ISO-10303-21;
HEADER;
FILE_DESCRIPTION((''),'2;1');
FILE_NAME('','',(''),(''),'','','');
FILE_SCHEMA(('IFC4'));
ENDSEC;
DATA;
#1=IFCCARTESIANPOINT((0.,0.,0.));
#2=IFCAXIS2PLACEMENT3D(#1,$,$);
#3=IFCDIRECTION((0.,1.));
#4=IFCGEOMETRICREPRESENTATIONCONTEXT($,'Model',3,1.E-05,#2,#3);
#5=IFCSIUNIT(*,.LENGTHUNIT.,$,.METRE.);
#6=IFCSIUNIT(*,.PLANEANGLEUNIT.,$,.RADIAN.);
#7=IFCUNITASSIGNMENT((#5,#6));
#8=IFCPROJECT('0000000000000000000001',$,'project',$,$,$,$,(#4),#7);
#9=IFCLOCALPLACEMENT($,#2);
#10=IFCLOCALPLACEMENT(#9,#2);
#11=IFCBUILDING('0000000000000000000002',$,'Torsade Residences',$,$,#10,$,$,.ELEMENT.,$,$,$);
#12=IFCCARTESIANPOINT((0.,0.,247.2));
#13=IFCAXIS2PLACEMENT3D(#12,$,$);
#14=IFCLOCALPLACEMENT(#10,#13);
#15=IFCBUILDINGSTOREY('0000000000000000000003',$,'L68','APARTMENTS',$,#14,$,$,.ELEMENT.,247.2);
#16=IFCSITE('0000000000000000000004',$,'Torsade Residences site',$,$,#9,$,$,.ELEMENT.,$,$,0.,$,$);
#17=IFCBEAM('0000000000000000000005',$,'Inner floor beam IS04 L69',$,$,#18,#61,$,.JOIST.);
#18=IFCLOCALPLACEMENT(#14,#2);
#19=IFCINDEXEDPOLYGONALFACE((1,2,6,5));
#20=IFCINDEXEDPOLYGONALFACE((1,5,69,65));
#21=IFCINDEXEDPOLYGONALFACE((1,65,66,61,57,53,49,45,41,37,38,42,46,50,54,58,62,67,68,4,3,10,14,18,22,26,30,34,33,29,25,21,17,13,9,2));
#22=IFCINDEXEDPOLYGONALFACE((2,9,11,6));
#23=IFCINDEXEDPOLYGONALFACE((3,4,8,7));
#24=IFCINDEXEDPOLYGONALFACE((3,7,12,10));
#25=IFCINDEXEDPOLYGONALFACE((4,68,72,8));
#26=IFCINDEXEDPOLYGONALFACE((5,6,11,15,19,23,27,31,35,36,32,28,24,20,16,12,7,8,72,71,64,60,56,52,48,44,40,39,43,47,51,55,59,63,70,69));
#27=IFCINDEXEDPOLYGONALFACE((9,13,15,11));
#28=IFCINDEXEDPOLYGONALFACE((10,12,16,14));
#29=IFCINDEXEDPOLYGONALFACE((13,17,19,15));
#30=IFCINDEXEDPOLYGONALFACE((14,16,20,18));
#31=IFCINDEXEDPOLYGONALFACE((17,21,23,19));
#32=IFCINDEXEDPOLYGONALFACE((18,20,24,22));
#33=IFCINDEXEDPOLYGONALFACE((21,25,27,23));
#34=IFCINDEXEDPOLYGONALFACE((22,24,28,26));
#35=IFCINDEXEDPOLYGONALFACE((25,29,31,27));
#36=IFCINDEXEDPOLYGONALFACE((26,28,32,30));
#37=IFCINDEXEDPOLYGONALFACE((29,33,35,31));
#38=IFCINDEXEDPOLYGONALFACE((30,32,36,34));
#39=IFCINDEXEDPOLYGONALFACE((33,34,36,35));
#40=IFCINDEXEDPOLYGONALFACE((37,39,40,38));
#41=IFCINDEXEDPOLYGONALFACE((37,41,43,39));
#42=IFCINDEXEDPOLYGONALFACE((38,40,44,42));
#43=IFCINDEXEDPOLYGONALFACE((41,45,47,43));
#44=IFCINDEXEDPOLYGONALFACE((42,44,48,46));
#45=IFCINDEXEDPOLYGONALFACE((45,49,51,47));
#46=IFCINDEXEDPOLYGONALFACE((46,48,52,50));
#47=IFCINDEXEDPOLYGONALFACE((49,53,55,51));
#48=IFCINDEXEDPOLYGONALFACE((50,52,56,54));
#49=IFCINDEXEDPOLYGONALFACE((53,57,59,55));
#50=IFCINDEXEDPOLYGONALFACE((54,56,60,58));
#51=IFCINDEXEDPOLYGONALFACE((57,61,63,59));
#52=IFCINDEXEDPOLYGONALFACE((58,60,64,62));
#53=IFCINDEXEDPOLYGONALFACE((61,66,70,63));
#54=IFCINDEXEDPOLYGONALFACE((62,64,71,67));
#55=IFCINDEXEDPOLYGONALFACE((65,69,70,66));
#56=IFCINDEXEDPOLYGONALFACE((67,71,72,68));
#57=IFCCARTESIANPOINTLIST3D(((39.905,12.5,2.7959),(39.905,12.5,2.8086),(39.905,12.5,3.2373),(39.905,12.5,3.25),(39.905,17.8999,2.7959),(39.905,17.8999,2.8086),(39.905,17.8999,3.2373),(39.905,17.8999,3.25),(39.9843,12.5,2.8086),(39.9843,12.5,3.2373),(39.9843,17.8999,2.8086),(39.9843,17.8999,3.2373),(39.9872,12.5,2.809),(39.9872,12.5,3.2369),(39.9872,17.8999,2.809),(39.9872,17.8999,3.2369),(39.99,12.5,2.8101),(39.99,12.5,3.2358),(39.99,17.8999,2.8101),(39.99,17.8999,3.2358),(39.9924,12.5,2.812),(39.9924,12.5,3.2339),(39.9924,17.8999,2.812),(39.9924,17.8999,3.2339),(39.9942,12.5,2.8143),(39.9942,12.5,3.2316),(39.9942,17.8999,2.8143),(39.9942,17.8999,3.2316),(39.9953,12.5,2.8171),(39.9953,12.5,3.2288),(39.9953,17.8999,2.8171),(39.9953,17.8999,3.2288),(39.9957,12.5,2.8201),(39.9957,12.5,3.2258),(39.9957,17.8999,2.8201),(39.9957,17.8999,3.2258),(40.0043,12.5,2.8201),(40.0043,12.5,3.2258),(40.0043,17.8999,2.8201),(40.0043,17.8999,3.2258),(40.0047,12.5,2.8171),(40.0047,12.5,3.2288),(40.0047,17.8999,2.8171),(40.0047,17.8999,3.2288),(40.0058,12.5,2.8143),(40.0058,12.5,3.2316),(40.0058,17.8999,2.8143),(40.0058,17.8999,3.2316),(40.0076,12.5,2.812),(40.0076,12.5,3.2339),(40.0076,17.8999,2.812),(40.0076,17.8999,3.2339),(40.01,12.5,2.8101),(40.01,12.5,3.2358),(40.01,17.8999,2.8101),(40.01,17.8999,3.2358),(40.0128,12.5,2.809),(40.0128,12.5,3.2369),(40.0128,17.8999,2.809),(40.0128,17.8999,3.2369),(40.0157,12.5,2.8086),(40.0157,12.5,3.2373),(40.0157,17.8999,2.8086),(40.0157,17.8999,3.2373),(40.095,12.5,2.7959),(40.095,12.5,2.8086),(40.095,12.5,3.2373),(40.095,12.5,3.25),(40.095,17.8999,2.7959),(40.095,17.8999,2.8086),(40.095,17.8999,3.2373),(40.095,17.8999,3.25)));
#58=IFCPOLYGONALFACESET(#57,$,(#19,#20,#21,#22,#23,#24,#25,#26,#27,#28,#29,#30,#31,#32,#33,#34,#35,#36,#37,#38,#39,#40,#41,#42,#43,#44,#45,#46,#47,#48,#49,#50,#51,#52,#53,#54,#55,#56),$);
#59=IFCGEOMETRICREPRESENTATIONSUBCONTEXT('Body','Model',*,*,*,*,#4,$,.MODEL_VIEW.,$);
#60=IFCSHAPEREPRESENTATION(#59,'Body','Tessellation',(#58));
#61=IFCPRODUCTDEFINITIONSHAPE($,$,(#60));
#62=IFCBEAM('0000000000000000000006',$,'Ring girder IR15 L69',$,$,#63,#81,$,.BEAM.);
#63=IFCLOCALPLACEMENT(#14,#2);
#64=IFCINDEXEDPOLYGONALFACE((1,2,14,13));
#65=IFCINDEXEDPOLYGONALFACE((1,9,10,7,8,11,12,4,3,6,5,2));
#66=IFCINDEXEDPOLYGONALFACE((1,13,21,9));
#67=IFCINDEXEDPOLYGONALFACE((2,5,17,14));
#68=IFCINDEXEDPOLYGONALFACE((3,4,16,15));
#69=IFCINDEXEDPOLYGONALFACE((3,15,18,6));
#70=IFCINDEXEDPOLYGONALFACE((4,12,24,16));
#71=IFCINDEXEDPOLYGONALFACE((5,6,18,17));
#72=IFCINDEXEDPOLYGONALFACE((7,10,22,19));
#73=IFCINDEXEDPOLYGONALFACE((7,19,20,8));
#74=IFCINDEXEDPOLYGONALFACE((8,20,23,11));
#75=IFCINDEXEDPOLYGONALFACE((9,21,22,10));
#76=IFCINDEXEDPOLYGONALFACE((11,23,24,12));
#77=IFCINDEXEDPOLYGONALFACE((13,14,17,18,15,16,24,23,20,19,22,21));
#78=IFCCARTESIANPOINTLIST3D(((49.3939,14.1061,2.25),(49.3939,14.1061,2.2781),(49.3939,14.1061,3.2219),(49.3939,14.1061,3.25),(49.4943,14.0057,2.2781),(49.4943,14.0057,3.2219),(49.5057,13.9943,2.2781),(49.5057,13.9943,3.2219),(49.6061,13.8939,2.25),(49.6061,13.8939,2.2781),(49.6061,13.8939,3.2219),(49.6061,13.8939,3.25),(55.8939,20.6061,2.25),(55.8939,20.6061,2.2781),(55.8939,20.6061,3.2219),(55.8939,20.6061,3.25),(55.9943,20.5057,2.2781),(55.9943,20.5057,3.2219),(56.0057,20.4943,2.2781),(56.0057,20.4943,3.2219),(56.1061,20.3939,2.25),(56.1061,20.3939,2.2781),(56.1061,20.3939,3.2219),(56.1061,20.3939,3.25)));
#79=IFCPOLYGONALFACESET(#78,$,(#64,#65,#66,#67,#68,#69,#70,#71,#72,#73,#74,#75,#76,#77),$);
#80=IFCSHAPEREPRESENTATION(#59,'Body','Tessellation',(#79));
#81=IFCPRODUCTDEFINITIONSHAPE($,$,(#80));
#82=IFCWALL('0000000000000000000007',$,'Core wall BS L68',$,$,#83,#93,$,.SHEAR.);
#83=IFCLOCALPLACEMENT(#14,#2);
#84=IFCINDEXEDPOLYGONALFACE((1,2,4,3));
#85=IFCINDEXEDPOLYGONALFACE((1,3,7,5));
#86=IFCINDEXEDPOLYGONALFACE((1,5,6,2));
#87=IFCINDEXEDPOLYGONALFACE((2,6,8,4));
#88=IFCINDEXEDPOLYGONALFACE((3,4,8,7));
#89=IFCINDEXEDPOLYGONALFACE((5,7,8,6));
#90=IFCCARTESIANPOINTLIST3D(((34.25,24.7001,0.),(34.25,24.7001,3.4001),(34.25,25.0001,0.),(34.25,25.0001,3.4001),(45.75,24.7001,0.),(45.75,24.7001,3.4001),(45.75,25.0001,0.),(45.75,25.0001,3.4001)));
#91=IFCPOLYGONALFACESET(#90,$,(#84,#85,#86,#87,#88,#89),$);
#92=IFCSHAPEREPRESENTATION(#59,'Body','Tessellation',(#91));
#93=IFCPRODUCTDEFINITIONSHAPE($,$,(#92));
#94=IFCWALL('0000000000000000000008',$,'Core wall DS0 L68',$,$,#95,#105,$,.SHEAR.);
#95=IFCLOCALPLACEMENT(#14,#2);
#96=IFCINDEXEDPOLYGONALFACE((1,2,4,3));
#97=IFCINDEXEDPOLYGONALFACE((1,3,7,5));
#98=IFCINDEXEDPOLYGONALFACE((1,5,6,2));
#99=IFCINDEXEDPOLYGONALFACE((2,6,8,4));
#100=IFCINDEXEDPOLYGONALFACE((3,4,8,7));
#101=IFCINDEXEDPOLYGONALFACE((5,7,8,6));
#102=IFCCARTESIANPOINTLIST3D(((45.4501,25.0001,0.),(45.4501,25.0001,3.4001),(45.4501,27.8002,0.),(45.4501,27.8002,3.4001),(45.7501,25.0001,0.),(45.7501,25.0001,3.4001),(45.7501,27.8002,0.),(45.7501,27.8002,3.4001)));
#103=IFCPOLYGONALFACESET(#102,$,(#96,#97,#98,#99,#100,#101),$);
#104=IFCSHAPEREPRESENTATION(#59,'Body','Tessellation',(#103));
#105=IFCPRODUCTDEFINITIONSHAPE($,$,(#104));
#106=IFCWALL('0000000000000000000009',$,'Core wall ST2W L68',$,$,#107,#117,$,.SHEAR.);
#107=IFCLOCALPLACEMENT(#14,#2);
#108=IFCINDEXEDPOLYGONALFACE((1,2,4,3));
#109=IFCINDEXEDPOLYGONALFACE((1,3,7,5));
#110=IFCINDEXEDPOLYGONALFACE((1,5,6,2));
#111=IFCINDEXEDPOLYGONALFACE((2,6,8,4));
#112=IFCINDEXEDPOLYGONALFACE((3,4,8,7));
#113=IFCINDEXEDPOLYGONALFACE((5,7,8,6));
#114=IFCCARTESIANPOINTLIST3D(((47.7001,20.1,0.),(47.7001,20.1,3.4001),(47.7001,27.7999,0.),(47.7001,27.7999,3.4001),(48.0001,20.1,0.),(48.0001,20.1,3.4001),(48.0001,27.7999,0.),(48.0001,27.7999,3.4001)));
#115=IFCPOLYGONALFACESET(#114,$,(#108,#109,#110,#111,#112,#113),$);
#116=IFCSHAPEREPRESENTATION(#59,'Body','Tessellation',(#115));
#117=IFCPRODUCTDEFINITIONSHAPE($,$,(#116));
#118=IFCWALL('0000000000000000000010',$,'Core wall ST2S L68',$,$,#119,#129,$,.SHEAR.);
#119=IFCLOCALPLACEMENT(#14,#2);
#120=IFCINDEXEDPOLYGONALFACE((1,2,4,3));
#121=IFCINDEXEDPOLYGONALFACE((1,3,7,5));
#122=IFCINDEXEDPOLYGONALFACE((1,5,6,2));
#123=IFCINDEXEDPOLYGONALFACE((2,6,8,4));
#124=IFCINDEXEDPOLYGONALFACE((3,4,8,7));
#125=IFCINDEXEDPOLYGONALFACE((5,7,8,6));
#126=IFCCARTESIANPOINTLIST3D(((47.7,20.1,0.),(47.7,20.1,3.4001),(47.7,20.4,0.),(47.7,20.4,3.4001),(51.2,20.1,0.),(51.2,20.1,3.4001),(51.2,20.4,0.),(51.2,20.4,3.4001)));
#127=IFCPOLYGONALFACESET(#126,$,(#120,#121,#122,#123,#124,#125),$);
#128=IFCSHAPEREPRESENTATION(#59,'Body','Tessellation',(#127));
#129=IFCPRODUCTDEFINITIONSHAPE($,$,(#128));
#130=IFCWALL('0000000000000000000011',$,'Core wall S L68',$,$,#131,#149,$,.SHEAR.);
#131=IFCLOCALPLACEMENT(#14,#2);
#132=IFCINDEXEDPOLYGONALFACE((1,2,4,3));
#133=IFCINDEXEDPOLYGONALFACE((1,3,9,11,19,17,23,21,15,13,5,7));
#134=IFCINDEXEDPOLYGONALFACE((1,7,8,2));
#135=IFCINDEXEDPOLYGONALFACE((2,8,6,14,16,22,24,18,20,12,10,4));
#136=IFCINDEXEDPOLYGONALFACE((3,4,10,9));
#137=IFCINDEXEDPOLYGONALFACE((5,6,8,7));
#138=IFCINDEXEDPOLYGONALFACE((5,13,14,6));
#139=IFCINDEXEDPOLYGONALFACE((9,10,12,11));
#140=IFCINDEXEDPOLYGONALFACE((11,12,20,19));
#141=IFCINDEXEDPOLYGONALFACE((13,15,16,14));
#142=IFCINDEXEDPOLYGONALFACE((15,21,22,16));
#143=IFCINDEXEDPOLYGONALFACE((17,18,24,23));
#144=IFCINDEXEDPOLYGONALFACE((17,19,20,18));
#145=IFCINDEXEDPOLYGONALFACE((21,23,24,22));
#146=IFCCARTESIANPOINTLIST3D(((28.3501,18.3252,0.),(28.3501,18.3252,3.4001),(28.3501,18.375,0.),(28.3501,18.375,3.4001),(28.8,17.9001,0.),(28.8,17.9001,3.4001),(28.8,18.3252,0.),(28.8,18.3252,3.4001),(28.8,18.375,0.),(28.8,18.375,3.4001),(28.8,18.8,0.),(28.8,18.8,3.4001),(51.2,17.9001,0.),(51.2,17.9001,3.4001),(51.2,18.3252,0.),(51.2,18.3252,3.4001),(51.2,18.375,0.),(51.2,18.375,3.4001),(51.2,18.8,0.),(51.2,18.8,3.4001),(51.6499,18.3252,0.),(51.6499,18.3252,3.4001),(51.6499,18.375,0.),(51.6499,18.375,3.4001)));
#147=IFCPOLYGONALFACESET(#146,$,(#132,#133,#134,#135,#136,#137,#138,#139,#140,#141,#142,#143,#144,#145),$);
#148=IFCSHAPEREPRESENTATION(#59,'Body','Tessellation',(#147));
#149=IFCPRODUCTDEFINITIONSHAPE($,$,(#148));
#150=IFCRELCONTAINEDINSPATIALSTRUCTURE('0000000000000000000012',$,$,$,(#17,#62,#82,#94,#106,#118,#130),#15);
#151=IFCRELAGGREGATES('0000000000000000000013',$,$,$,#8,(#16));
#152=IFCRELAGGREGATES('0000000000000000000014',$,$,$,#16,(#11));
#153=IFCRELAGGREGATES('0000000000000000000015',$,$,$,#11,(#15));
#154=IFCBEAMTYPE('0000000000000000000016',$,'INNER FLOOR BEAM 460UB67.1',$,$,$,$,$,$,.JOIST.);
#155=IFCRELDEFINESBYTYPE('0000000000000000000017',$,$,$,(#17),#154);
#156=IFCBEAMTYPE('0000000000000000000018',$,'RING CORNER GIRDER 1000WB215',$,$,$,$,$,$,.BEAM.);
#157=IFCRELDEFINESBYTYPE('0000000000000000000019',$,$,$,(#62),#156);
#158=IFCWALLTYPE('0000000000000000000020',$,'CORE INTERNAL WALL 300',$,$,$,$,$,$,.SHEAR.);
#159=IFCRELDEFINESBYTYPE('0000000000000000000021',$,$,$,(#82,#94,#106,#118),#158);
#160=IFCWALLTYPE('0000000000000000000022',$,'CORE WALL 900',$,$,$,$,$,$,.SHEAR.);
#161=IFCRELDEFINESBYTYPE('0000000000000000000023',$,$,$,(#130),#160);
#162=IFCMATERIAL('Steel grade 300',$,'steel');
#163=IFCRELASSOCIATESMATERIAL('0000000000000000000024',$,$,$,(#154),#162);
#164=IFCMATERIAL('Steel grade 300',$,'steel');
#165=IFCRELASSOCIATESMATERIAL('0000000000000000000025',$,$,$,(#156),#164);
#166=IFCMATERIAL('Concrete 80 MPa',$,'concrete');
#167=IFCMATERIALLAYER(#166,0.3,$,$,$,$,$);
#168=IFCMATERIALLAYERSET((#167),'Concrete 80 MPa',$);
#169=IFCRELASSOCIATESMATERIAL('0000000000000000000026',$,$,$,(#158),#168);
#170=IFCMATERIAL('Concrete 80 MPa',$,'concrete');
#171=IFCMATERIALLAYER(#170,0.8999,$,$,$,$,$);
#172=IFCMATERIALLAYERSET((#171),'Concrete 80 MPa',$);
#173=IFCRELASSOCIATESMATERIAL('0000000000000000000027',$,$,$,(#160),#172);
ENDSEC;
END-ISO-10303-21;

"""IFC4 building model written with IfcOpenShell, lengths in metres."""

from ifc_helpers import new_model, si_unit, direction, frame, frame_2d, origin, origin_2d, place, context, subcontext, project, spatial, polyline, rectangle, i_section, outline, extrude, material, layer, layer_set, material_profile, profile_set, type_object, element, save


model = new_model("IFC4")

# Units and contexts
model_context = context("Model", 3, precision=1e-05, world=origin(), true_north=direction((0.0, 1.0)))
body_context = subcontext(model_context, "Body", "Model", "MODEL_VIEW")
ifc_project = project(units=[si_unit("LENGTHUNIT", "METRE"), si_unit("PLANEANGLEUNIT", "RADIAN")], contexts=[model_context])

# Site, building, storey
site_placement = place(None, origin())
site = spatial("IfcSite", under=ifc_project, at=site_placement, Name="Torsade Residences site", CompositionType="ELEMENT", RefElevation=0.0)
building_placement = place(site_placement, origin())
building = spatial("IfcBuilding", under=site, at=building_placement, Name="Torsade Residences", CompositionType="ELEMENT")
storey_placement = place(building_placement, frame((0.0, 0.0, 247.2)))
storey = spatial("IfcBuildingStorey", under=building, at=storey_placement, Name="L68", Description="APARTMENTS", CompositionType="ELEMENT", Elevation=247.2)

# Beams
ifc_material_1 = material(Name="Steel grade 300", Category="steel")
ifc_material_profile_1 = material_profile(ifc_material_1, i_section(OverallWidth=0.1899, OverallDepth=0.4541, WebThickness=0.0085, FlangeThickness=0.0127, FilletRadius=0.0115, at=origin_2d()), Name="460UB67.1")
ifc_profile_set_1 = profile_set([ifc_material_profile_1], Name="Steel grade 300")
beam_type_1 = type_object("IfcBeamType", Name="INNER FLOOR BEAM 460UB67.1", PredefinedType="JOIST", material=ifc_profile_set_1)
for number, where, z_axis, x_axis, name in (
    (1, (40.0, 17.8999, 3.0229), (0.0, -1.0, 0.0), (1.0, 0.0, 0.0), "Inner floor beam IS04 L69"),
):
    element("IfcBeam", number, at=place(storey_placement, frame(where, z_axis=z_axis, x_axis=x_axis)), inside=storey, type_object=beam_type_1, Name=name, PredefinedType="JOIST", context=body_context, shape_type="SweptSolid", body=[
        extrude(i_section(OverallWidth=0.1899, OverallDepth=0.4541, WebThickness=0.0085, FlangeThickness=0.0127, FilletRadius=0.0115, at=origin_2d()), origin(), (0.0, 0.0, 1.0), 5.3999),
    ])
ifc_material_2 = material(Name="Steel grade 300", Category="steel")
ifc_material_profile_2 = material_profile(ifc_material_2, i_section(OverallWidth=0.3, OverallDepth=1.0, WebThickness=0.0161, FlangeThickness=0.0281, at=origin_2d()), Name="1000WB215")
ifc_profile_set_2 = profile_set([ifc_material_profile_2], Name="Steel grade 300")
beam_type_2 = type_object("IfcBeamType", Name="RING CORNER GIRDER 1000WB215", PredefinedType="BEAM", material=ifc_profile_set_2)
beam_1_placement = place(storey_placement, frame((49.5, 14.0, 2.75), z_axis=(0.707107, 0.707107, 0.0), x_axis=(-0.707107, 0.707107, 0.0)))
element("IfcBeam", 2, at=beam_1_placement, inside=storey, type_object=beam_type_2, Name="Ring girder IR15 L69", PredefinedType="BEAM", context=body_context, shape_type="SweptSolid", body=[
    extrude(i_section(OverallWidth=0.3, OverallDepth=1.0, WebThickness=0.0161, FlangeThickness=0.0281, at=origin_2d()), origin(), (0.0, 0.0, 1.0), 9.1924),
])

# Walls
ifc_material_3 = material(Name="Concrete 80 MPa", Category="concrete")
ifc_layer_1 = layer(ifc_material_3, 0.3)
ifc_layer_set_1 = layer_set([ifc_layer_1], Name="Concrete 80 MPa")
wall_type_1 = type_object("IfcWallType", Name="CORE INTERNAL WALL 300", PredefinedType="SHEAR", material=ifc_layer_set_1)
wall_1_placement = place(storey_placement, frame((45.75, 24.8501, 0.0), z_axis=(0.0, 0.0, 1.0), x_axis=(-1.0, 0.0, 0.0)))
element("IfcWall", 3, at=wall_1_placement, inside=storey, type_object=wall_type_1, Name="Core wall BS L68", PredefinedType="SHEAR", context=body_context, shape_type="SweptSolid", body=[
    extrude(rectangle(XDim=11.5, YDim=0.3, at=frame_2d((5.75, 0.0))), origin(), (0.0, 0.0, 1.0), 3.4001),
])
wall_2_placement = place(storey_placement, frame((45.6001, 27.8, 0.0), z_axis=(0.0, 0.0, 1.0), x_axis=(0.0, -1.0, 0.0)))
element("IfcWall", 4, at=wall_2_placement, inside=storey, type_object=wall_type_1, Name="Core wall DS0 L68", PredefinedType="SHEAR", context=body_context, shape_type="SweptSolid", body=[
    extrude(rectangle(XDim=2.8, YDim=0.3, at=frame_2d((1.3999, 0.0))), origin(), (0.0, 0.0, 1.0), 3.4001),
])
wall_3_placement = place(storey_placement, frame((47.8501, 27.8, 0.0), z_axis=(0.0, 0.0, 1.0), x_axis=(0.0, -1.0, 0.0)))
element("IfcWall", 5, at=wall_3_placement, inside=storey, type_object=wall_type_1, Name="Core wall ST2W L68", PredefinedType="SHEAR", context=body_context, shape_type="SweptSolid", body=[
    extrude(rectangle(XDim=7.7, YDim=0.3, at=frame_2d((3.8501, 0.0))), origin(), (0.0, 0.0, 1.0), 3.4001),
])
wall_4_placement = place(storey_placement, frame((51.2, 20.25, 0.0), z_axis=(0.0, 0.0, 1.0), x_axis=(-1.0, 0.0, 0.0)))
element("IfcWall", 6, at=wall_4_placement, inside=storey, type_object=wall_type_1, Name="Core wall ST2S L68", PredefinedType="SHEAR", context=body_context, shape_type="SweptSolid", body=[
    extrude(rectangle(XDim=3.5, YDim=0.3, at=frame_2d((1.75, 0.0))), origin(), (0.0, 0.0, 1.0), 3.4001),
])
ifc_material_4 = material(Name="Concrete 80 MPa", Category="concrete")
ifc_layer_2 = layer(ifc_material_4, 0.8999)
ifc_layer_set_2 = layer_set([ifc_layer_2], Name="Concrete 80 MPa")
wall_type_2 = type_object("IfcWallType", Name="CORE WALL 900", PredefinedType="SHEAR", material=ifc_layer_set_2)
wall_5_placement = place(storey_placement, frame((51.2, 18.3501, 0.0), z_axis=(0.0, 0.0, 1.0), x_axis=(-1.0, 0.0, 0.0)))
element("IfcWall", 7, at=wall_5_placement, inside=storey, type_object=wall_type_2, Name="Core wall S L68", PredefinedType="SHEAR", context=body_context, shape_type="SweptSolid", body=[
    extrude(outline(polyline([(0.0, -0.45), (22.3999, -0.45), (22.3999, -0.0249), (22.8499, -0.0249), (22.8499, 0.0249), (22.3999, 0.0249), (22.3999, 0.45), (0.0, 0.45), (0.0, 0.0249), (-0.45, 0.0249), (-0.45, -0.0249), (0.0, -0.0249), (0.0, -0.45)])), origin(), (0.0, 0.0, 1.0), 3.4001),
])

save(model, "model.ifc")
